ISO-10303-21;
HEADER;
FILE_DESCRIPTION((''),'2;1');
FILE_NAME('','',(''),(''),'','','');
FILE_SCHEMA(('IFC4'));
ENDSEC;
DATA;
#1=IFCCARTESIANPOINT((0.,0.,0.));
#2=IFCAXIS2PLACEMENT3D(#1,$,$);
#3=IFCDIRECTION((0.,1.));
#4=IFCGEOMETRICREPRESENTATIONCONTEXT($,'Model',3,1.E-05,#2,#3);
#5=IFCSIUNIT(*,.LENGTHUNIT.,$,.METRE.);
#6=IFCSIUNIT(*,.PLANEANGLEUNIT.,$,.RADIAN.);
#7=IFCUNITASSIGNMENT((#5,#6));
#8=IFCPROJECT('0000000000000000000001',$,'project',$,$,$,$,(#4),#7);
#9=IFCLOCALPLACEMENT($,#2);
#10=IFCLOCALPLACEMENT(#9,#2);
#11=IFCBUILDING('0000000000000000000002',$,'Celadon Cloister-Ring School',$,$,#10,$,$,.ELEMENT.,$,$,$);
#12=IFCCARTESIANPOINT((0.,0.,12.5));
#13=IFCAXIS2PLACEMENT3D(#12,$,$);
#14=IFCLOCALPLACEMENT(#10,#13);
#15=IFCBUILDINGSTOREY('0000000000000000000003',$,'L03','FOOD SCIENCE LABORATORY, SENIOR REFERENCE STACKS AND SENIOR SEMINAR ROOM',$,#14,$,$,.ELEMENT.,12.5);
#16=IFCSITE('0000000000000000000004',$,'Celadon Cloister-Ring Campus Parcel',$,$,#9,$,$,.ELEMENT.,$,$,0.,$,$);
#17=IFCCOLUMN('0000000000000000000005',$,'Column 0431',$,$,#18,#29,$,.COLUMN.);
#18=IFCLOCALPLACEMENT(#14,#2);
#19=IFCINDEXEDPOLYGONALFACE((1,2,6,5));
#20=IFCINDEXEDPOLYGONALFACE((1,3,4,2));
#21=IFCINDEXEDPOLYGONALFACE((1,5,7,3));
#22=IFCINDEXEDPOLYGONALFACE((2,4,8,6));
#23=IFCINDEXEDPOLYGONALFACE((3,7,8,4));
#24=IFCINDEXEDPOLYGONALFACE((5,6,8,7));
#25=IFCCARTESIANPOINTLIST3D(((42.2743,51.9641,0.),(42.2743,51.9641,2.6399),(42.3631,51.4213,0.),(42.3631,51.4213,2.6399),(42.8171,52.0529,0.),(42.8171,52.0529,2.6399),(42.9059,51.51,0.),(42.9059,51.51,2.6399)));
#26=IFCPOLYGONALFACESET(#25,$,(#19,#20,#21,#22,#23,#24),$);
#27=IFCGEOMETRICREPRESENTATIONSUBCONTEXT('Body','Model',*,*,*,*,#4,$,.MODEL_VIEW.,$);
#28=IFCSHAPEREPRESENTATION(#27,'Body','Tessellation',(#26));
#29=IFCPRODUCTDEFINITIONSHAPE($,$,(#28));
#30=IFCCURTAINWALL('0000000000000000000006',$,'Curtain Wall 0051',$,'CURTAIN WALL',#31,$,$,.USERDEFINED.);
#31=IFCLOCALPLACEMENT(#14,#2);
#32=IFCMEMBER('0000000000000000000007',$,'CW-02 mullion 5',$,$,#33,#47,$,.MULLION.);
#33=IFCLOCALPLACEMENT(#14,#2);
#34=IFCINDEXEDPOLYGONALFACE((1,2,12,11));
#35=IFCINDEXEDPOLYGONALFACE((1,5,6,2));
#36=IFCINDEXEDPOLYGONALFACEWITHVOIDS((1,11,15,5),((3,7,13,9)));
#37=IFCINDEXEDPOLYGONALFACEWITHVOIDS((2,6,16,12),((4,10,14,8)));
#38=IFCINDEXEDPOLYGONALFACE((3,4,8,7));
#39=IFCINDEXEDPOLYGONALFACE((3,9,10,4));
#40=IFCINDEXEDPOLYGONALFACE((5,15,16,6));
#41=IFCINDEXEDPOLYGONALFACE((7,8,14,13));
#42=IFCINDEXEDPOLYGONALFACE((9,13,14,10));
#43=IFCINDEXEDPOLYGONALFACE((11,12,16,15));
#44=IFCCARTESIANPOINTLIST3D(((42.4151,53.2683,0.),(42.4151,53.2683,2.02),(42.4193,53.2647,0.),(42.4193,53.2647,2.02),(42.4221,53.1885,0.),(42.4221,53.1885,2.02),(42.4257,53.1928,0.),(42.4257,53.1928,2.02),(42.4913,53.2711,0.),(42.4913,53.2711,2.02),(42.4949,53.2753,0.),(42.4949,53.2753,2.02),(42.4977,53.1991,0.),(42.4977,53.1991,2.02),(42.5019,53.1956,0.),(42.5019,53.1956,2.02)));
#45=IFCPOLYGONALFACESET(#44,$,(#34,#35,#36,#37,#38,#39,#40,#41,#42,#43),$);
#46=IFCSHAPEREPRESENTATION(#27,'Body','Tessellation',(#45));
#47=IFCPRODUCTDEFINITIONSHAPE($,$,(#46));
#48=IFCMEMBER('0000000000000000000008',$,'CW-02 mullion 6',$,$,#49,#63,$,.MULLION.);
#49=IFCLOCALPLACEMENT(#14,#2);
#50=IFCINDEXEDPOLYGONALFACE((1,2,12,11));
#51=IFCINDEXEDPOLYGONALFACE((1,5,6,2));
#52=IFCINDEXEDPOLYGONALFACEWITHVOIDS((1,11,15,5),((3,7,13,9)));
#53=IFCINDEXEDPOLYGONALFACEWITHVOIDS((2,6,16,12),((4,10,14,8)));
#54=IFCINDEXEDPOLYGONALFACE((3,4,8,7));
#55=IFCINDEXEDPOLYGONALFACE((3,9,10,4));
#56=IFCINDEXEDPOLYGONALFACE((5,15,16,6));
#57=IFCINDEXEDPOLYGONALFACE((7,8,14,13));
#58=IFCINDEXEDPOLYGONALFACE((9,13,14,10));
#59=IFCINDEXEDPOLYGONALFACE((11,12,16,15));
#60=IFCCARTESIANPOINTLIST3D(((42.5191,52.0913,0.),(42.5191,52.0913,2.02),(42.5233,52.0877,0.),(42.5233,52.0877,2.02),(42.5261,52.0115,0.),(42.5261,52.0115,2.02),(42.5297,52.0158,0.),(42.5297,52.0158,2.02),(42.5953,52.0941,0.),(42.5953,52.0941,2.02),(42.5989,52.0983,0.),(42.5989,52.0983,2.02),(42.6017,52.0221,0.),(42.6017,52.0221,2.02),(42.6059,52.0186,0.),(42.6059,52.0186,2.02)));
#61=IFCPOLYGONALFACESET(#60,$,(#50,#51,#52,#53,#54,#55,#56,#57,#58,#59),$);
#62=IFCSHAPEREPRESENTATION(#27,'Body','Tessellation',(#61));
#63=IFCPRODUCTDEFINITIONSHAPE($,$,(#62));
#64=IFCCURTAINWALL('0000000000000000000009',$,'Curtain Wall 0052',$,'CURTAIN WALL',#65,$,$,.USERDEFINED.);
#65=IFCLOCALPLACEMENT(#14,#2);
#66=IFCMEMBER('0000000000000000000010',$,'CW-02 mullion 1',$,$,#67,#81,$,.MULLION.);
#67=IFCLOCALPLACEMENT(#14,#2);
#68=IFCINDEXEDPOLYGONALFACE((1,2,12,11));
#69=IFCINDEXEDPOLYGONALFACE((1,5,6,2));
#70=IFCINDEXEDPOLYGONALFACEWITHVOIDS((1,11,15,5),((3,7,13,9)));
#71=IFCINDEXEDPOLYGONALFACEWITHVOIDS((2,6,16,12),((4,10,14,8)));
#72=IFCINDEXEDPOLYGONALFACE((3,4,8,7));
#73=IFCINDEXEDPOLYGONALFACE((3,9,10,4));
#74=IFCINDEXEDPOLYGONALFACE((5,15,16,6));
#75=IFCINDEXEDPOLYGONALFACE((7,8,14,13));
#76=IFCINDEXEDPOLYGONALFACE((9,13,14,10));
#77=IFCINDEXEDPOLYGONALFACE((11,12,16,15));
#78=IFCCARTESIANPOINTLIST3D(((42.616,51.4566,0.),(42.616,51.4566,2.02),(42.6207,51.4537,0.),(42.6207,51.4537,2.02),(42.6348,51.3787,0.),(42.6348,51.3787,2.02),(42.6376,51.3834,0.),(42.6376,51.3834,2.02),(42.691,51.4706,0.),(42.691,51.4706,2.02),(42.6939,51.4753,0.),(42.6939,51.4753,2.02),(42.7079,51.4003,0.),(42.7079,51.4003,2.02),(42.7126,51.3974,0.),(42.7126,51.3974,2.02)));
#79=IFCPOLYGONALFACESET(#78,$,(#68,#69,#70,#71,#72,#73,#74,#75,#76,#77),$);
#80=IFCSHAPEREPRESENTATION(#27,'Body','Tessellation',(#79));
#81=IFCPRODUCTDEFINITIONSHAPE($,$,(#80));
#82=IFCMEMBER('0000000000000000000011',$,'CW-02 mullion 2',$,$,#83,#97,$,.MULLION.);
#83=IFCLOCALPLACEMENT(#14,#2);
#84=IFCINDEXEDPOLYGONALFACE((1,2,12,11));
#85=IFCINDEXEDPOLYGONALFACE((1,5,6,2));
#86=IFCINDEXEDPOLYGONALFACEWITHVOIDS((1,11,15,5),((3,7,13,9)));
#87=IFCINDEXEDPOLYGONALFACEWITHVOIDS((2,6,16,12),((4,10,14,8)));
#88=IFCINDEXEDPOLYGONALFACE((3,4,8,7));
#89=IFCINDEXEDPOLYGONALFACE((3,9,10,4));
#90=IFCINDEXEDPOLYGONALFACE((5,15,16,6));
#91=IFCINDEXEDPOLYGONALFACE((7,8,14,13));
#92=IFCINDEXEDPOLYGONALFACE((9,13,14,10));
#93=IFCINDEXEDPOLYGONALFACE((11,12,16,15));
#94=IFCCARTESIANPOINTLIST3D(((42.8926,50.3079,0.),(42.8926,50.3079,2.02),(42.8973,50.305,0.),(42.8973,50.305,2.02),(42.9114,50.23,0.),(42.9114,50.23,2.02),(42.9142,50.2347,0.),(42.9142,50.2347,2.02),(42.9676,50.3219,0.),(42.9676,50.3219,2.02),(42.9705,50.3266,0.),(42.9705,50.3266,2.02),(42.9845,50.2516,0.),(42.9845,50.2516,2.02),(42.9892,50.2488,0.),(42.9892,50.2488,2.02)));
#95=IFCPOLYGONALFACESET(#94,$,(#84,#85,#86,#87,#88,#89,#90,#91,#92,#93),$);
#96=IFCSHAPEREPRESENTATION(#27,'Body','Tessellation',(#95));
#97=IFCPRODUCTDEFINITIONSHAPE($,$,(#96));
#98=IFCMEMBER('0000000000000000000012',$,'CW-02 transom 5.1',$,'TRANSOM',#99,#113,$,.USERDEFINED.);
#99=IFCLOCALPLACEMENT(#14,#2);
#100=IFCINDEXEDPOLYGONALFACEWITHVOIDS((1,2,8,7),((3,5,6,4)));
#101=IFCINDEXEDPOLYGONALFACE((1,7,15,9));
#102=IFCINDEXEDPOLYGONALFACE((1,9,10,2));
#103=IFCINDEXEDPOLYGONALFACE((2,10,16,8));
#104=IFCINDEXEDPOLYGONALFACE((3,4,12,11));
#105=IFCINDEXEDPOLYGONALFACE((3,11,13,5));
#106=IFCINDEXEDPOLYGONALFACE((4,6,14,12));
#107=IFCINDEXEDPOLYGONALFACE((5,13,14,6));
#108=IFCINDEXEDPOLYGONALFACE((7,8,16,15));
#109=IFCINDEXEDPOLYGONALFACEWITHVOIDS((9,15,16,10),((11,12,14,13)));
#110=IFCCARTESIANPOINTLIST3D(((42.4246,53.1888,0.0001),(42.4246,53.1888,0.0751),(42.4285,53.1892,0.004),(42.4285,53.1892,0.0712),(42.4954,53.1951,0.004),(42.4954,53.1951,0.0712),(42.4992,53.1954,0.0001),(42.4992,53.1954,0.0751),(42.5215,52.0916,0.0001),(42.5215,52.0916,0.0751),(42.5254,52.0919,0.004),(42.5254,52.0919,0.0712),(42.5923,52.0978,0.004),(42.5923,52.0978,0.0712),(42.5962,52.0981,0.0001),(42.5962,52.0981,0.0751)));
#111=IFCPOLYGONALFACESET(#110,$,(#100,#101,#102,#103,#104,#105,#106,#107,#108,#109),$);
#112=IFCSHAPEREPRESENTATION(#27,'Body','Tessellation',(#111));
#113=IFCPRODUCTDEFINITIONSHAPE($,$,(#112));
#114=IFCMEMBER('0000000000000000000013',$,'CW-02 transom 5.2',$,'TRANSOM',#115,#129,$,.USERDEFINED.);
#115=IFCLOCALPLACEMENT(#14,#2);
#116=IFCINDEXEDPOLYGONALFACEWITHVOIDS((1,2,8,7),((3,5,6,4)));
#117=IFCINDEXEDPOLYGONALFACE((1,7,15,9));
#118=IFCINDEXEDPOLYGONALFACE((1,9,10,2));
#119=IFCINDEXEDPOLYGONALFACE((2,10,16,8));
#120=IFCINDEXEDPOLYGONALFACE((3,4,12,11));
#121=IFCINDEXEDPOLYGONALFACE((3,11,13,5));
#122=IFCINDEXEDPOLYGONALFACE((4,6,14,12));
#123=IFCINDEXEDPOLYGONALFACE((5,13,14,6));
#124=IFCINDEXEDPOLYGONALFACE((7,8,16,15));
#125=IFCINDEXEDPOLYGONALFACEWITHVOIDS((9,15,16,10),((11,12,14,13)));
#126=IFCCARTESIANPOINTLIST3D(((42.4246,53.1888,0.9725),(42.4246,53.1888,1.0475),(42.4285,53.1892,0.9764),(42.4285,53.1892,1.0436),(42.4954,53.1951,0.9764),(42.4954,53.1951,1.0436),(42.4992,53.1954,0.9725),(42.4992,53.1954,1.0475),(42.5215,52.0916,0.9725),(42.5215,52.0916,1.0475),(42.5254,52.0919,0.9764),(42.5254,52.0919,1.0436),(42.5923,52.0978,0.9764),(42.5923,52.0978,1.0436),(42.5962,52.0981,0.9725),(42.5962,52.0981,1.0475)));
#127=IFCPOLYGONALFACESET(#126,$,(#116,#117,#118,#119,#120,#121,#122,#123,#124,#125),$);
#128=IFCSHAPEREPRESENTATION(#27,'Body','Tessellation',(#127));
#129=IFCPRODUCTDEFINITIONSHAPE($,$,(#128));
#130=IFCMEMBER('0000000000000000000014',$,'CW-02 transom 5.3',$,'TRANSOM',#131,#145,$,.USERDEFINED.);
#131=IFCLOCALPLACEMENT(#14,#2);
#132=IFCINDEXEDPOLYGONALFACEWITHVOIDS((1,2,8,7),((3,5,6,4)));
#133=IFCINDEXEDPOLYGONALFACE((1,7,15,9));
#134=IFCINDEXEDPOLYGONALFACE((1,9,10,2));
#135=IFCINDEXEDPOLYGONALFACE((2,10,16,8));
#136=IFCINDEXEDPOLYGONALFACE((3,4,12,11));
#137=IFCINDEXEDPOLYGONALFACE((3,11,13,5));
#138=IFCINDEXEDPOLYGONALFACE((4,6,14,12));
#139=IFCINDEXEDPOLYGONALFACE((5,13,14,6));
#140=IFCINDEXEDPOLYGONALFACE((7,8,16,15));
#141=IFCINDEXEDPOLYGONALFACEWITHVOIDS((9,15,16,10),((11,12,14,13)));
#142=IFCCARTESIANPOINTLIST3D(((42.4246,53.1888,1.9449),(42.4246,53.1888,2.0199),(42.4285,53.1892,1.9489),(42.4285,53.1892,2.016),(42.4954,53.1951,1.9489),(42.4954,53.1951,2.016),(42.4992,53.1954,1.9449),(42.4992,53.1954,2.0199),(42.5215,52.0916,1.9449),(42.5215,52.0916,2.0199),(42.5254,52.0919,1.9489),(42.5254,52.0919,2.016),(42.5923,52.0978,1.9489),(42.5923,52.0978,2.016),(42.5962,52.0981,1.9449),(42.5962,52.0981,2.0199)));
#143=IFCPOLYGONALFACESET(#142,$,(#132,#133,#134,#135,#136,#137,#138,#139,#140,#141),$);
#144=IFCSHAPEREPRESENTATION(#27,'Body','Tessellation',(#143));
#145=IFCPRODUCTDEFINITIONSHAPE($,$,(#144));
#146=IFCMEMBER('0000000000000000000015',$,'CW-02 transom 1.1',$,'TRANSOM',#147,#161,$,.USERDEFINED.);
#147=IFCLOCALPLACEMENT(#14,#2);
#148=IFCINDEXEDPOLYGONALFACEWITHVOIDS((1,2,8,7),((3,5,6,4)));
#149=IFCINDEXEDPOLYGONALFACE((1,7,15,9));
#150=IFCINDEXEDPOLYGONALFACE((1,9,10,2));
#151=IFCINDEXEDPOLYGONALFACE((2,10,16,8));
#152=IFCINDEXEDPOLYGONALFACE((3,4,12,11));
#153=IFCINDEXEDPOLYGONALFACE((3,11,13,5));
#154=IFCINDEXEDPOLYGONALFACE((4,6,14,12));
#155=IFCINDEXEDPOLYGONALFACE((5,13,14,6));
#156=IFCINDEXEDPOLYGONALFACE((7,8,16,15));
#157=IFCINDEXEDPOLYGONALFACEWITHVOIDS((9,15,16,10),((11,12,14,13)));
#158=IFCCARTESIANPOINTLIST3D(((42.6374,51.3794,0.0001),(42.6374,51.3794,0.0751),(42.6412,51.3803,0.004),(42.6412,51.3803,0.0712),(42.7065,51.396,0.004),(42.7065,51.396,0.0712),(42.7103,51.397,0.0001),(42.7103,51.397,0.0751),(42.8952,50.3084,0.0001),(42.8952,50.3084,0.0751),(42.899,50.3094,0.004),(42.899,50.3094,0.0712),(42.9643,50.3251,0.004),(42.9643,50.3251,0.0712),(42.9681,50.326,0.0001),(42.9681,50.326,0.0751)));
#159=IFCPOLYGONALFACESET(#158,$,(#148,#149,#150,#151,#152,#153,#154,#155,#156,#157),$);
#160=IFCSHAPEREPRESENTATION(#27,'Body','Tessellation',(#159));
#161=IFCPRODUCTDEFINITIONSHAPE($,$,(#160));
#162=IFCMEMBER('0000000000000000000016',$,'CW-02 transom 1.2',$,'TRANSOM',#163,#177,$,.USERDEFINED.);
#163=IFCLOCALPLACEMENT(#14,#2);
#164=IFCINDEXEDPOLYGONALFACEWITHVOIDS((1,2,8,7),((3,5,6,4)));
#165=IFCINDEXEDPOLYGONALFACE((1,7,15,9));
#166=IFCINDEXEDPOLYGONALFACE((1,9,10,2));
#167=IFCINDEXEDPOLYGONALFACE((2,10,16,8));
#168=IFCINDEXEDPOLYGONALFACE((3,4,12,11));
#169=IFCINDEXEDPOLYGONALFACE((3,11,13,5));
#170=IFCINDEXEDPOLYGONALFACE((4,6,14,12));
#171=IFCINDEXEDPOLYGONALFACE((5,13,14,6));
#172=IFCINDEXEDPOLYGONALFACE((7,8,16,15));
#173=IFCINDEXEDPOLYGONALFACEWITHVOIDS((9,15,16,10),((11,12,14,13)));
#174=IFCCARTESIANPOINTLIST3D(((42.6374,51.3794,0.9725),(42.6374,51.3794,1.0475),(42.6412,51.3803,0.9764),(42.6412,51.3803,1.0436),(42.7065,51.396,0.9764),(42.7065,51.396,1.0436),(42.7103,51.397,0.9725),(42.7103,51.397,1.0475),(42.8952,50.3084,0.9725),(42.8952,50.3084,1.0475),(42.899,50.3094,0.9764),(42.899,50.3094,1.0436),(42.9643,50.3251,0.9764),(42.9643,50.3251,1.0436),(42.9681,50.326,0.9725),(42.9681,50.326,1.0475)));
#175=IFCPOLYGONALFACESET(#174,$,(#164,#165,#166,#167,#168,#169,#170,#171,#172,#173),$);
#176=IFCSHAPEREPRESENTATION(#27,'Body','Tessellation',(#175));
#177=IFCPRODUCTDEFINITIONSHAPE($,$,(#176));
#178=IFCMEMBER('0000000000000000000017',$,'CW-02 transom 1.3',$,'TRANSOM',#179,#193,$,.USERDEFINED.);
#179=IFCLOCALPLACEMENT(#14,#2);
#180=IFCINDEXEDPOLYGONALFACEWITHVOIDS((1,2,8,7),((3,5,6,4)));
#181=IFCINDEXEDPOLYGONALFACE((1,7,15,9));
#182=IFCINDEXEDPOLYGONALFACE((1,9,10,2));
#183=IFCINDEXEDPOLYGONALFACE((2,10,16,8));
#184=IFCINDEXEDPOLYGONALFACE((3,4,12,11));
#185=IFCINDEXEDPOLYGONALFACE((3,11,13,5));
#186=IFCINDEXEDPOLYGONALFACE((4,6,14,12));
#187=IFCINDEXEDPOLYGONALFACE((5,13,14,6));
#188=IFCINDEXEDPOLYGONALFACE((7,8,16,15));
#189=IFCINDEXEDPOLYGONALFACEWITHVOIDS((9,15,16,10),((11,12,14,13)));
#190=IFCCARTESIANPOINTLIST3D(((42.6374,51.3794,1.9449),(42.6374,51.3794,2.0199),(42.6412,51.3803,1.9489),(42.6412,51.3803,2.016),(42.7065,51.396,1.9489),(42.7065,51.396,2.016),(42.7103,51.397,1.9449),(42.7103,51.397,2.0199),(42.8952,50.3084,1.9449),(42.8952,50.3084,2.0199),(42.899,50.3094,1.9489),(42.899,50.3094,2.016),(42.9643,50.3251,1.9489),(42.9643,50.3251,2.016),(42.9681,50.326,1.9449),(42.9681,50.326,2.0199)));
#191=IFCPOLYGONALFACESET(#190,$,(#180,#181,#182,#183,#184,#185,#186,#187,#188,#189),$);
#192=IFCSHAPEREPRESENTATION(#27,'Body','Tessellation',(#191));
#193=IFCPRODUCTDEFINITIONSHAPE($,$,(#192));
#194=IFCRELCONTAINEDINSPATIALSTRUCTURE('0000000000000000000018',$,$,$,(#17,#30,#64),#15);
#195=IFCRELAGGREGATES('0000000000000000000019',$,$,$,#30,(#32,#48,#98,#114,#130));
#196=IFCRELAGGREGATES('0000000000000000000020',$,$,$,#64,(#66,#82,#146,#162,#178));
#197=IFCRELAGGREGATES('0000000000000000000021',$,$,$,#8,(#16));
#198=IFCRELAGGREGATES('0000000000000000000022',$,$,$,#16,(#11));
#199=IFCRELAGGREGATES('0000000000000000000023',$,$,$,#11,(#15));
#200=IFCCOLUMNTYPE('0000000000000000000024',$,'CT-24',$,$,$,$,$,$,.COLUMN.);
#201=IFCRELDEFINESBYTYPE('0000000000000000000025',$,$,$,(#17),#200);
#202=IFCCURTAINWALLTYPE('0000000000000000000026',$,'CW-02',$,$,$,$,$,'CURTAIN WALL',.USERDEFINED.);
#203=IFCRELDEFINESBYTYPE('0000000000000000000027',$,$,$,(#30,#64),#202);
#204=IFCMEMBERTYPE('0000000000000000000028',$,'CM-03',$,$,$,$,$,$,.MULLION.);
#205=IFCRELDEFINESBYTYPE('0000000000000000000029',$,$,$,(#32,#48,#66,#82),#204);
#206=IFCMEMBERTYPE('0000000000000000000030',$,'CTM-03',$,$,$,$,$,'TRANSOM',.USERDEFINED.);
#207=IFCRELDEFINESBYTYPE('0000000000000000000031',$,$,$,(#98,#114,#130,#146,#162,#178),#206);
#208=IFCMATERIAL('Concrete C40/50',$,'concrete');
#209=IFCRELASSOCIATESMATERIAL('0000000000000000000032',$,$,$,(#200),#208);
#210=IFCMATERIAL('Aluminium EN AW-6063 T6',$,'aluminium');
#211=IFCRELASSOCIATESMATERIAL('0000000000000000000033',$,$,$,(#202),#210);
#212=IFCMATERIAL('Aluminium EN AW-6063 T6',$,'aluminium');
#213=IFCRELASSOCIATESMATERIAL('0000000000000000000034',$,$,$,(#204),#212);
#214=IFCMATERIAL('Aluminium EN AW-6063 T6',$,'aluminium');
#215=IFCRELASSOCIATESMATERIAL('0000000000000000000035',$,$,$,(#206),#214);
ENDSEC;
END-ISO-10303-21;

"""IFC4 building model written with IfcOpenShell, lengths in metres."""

from ifc_helpers import new_model, si_unit, direction, frame, origin, origin_2d, place, context, subcontext, project, spatial, rectangle, hollow_rectangle, extrude, material, material_profile, profile_set, type_object, element, aggregate, save


model = new_model("IFC4")

# Units and contexts
model_context = context("Model", 3, precision=1e-05, world=origin(), true_north=direction((0.0, 1.0)))
body_context = subcontext(model_context, "Body", "Model", "MODEL_VIEW")
ifc_project = project(units=[si_unit("LENGTHUNIT", "METRE"), si_unit("PLANEANGLEUNIT", "RADIAN")], contexts=[model_context])

# Site, building, storey
site_placement = place(None, origin())
site = spatial("IfcSite", under=ifc_project, at=site_placement, Name="Celadon Cloister-Ring Campus Parcel", CompositionType="ELEMENT", RefElevation=0.0)
building_placement = place(site_placement, origin())
building = spatial("IfcBuilding", under=site, at=building_placement, Name="Celadon Cloister-Ring School", CompositionType="ELEMENT")
storey_placement = place(building_placement, frame((0.0, 0.0, 12.5)))
storey = spatial("IfcBuildingStorey", under=building, at=storey_placement, Name="L03", Description="FOOD SCIENCE LABORATORY, SENIOR REFERENCE STACKS AND SENIOR SEMINAR ROOM", CompositionType="ELEMENT", Elevation=12.5)

# Column
ifc_material_1 = material(Name="Concrete C40/50", Category="concrete")
ifc_material_profile_1 = material_profile(ifc_material_1, rectangle(XDim=0.55, YDim=0.55, at=origin_2d()), Name="RC550X550")
ifc_profile_set_1 = profile_set([ifc_material_profile_1], Name="Concrete C40/50")
column_type = type_object("IfcColumnType", Name="CT-24", PredefinedType="COLUMN", material=ifc_profile_set_1)
column_placement = place(storey_placement, frame((42.5901, 51.7371, 0.0), z_axis=(0.0, 0.0, 1.0), x_axis=(-0.98689, -0.161397, 0.0)))
element("IfcColumn", 1, at=column_placement, inside=storey, type_object=column_type, Name="Column 0431", PredefinedType="COLUMN", context=body_context, shape_type="SweptSolid", body=[
    extrude(rectangle(XDim=0.55, YDim=0.55, at=origin_2d()), origin(), (0.0, 0.0, 1.0), 2.6399),
])

# Curtain walls, members
ifc_material_2 = material(Name="Aluminium EN AW-6063 T6", Category="aluminium")
curtain_wall_type = type_object("IfcCurtainWallType", Name="CW-02", ElementType="CURTAIN WALL", PredefinedType="USERDEFINED", material=ifc_material_2)
curtain_wall_1_placement = place(storey_placement, origin())
curtain_wall_1 = element("IfcCurtainWall", 2, at=curtain_wall_1_placement, inside=storey, type_object=curtain_wall_type, Name="Curtain Wall 0051", ObjectType="CURTAIN WALL", PredefinedType="USERDEFINED")
ifc_material_3 = material(Name="Aluminium EN AW-6063 T6", Category="aluminium")
ifc_material_profile_2 = material_profile(ifc_material_3, hollow_rectangle(XDim=0.0801, YDim=0.0801, WallThickness=0.0039, at=origin_2d()), Name="RHS80X80X4")
ifc_profile_set_2 = profile_set([ifc_material_profile_2], Name="Aluminium EN AW-6063 T6")
member_type_1 = type_object("IfcMemberType", Name="CM-03", PredefinedType="MULLION", material=ifc_profile_set_2)
member_1_placement = place(storey_placement, frame((42.4585, 53.2319, 0.0), z_axis=(0.0, 0.0, 1.0), x_axis=(0.996114, 0.088071, 0.0)))
member_1 = element("IfcMember", 3, at=member_1_placement, type_object=member_type_1, Name="CW-02 mullion 5", PredefinedType="MULLION", context=body_context, shape_type="SweptSolid", body=[
    extrude(hollow_rectangle(XDim=0.0801, YDim=0.0801, WallThickness=0.0039, at=origin_2d()), origin(), (0.0, 0.0, 1.0), 2.02),
])
member_2_placement = place(storey_placement, frame((42.5625, 52.0549, 0.0), z_axis=(0.0, 0.0, 1.0), x_axis=(0.996114, 0.088071, 0.0)))
member_2 = element("IfcMember", 4, at=member_2_placement, type_object=member_type_1, Name="CW-02 mullion 6", PredefinedType="MULLION", context=body_context, shape_type="SweptSolid", body=[
    extrude(hollow_rectangle(XDim=0.0801, YDim=0.0801, WallThickness=0.0039, at=origin_2d()), origin(), (0.0, 0.0, 1.0), 2.02),
])
curtain_wall_2_placement = place(storey_placement, origin())
curtain_wall_2 = element("IfcCurtainWall", 5, at=curtain_wall_2_placement, inside=storey, type_object=curtain_wall_type, Name="Curtain Wall 0052", ObjectType="CURTAIN WALL", PredefinedType="USERDEFINED")
member_3_placement = place(storey_placement, frame((42.6643, 51.427, 0.0), z_axis=(0.0, 0.0, 1.0), x_axis=(0.972215, 0.234091, 0.0)))
member_3 = element("IfcMember", 6, at=member_3_placement, type_object=member_type_1, Name="CW-02 mullion 1", PredefinedType="MULLION", context=body_context, shape_type="SweptSolid", body=[
    extrude(hollow_rectangle(XDim=0.0801, YDim=0.0801, WallThickness=0.0039, at=origin_2d()), origin(), (0.0, 0.0, 1.0), 2.02),
])
member_4_placement = place(storey_placement, frame((42.9409, 50.2783, 0.0), z_axis=(0.0, 0.0, 1.0), x_axis=(0.972215, 0.234091, 0.0)))
member_4 = element("IfcMember", 7, at=member_4_placement, type_object=member_type_1, Name="CW-02 mullion 2", PredefinedType="MULLION", context=body_context, shape_type="SweptSolid", body=[
    extrude(hollow_rectangle(XDim=0.0801, YDim=0.0801, WallThickness=0.0039, at=origin_2d()), origin(), (0.0, 0.0, 1.0), 2.02),
])

# Members
ifc_material_4 = material(Name="Aluminium EN AW-6063 T6", Category="aluminium")
ifc_material_profile_3 = material_profile(ifc_material_4, hollow_rectangle(XDim=0.075, YDim=0.075, WallThickness=0.0039, at=origin_2d()), Name="RHS75X75X4")
ifc_profile_set_3 = profile_set([ifc_material_profile_3], Name="Aluminium EN AW-6063 T6")
member_type_2 = type_object("IfcMemberType", Name="CTM-03", ElementType="TRANSOM", PredefinedType="USERDEFINED", material=ifc_profile_set_3)
member_5_placement = place(storey_placement, frame((42.4619, 53.1921, 0.0376), z_axis=(0.087978, -0.996122, 0.0), x_axis=(0.996122, 0.087978, 0.0)))
member_5 = element("IfcMember", 8, at=member_5_placement, type_object=member_type_2, Name="CW-02 transom 5.1", ObjectType="TRANSOM", PredefinedType="USERDEFINED", context=body_context, shape_type="SweptSolid", body=[
    extrude(hollow_rectangle(XDim=0.075, YDim=0.075, WallThickness=0.0039, at=origin_2d()), origin(), (0.0, 0.0, 1.0), 1.1016),
])
member_6_placement = place(storey_placement, frame((42.4619, 53.1921, 1.01), z_axis=(0.087978, -0.996122, 0.0), x_axis=(0.996122, 0.087978, 0.0)))
member_6 = element("IfcMember", 9, at=member_6_placement, type_object=member_type_2, Name="CW-02 transom 5.2", ObjectType="TRANSOM", PredefinedType="USERDEFINED", context=body_context, shape_type="SweptSolid", body=[
    extrude(hollow_rectangle(XDim=0.075, YDim=0.075, WallThickness=0.0039, at=origin_2d()), origin(), (0.0, 0.0, 1.0), 1.1016),
])
member_7_placement = place(storey_placement, frame((42.4619, 53.1921, 1.9824), z_axis=(0.087978, -0.996122, 0.0), x_axis=(0.996122, 0.087978, 0.0)))
member_7 = element("IfcMember", 10, at=member_7_placement, type_object=member_type_2, Name="CW-02 transom 5.3", ObjectType="TRANSOM", PredefinedType="USERDEFINED", context=body_context, shape_type="SweptSolid", body=[
    extrude(hollow_rectangle(XDim=0.075, YDim=0.075, WallThickness=0.0039, at=origin_2d()), origin(), (0.0, 0.0, 1.0), 1.1016),
])
member_8_placement = place(storey_placement, frame((42.6738, 51.3882, 0.0376), z_axis=(0.234027, -0.97223, 0.0), x_axis=(0.97223, 0.234027, 0.0)))
member_8 = element("IfcMember", 11, at=member_8_placement, type_object=member_type_2, Name="CW-02 transom 1.1", ObjectType="TRANSOM", PredefinedType="USERDEFINED", context=body_context, shape_type="SweptSolid", body=[
    extrude(hollow_rectangle(XDim=0.075, YDim=0.075, WallThickness=0.0039, at=origin_2d()), origin(), (0.0, 0.0, 1.0), 1.1016),
])
member_9_placement = place(storey_placement, frame((42.6738, 51.3882, 1.01), z_axis=(0.234027, -0.97223, 0.0), x_axis=(0.97223, 0.234027, 0.0)))
member_9 = element("IfcMember", 12, at=member_9_placement, type_object=member_type_2, Name="CW-02 transom 1.2", ObjectType="TRANSOM", PredefinedType="USERDEFINED", context=body_context, shape_type="SweptSolid", body=[
    extrude(hollow_rectangle(XDim=0.075, YDim=0.075, WallThickness=0.0039, at=origin_2d()), origin(), (0.0, 0.0, 1.0), 1.1016),
])
member_10_placement = place(storey_placement, frame((42.6738, 51.3882, 1.9824), z_axis=(0.234027, -0.97223, 0.0), x_axis=(0.97223, 0.234027, 0.0)))
member_10 = element("IfcMember", 13, at=member_10_placement, type_object=member_type_2, Name="CW-02 transom 1.3", ObjectType="TRANSOM", PredefinedType="USERDEFINED", context=body_context, shape_type="SweptSolid", body=[
    extrude(hollow_rectangle(XDim=0.075, YDim=0.075, WallThickness=0.0039, at=origin_2d()), origin(), (0.0, 0.0, 1.0), 1.1016),
])

aggregate(curtain_wall_1, [member_1, member_2, member_5, member_6, member_7])
aggregate(curtain_wall_2, [member_3, member_4, member_8, member_9, member_10])

save(model, "model.ifc")
